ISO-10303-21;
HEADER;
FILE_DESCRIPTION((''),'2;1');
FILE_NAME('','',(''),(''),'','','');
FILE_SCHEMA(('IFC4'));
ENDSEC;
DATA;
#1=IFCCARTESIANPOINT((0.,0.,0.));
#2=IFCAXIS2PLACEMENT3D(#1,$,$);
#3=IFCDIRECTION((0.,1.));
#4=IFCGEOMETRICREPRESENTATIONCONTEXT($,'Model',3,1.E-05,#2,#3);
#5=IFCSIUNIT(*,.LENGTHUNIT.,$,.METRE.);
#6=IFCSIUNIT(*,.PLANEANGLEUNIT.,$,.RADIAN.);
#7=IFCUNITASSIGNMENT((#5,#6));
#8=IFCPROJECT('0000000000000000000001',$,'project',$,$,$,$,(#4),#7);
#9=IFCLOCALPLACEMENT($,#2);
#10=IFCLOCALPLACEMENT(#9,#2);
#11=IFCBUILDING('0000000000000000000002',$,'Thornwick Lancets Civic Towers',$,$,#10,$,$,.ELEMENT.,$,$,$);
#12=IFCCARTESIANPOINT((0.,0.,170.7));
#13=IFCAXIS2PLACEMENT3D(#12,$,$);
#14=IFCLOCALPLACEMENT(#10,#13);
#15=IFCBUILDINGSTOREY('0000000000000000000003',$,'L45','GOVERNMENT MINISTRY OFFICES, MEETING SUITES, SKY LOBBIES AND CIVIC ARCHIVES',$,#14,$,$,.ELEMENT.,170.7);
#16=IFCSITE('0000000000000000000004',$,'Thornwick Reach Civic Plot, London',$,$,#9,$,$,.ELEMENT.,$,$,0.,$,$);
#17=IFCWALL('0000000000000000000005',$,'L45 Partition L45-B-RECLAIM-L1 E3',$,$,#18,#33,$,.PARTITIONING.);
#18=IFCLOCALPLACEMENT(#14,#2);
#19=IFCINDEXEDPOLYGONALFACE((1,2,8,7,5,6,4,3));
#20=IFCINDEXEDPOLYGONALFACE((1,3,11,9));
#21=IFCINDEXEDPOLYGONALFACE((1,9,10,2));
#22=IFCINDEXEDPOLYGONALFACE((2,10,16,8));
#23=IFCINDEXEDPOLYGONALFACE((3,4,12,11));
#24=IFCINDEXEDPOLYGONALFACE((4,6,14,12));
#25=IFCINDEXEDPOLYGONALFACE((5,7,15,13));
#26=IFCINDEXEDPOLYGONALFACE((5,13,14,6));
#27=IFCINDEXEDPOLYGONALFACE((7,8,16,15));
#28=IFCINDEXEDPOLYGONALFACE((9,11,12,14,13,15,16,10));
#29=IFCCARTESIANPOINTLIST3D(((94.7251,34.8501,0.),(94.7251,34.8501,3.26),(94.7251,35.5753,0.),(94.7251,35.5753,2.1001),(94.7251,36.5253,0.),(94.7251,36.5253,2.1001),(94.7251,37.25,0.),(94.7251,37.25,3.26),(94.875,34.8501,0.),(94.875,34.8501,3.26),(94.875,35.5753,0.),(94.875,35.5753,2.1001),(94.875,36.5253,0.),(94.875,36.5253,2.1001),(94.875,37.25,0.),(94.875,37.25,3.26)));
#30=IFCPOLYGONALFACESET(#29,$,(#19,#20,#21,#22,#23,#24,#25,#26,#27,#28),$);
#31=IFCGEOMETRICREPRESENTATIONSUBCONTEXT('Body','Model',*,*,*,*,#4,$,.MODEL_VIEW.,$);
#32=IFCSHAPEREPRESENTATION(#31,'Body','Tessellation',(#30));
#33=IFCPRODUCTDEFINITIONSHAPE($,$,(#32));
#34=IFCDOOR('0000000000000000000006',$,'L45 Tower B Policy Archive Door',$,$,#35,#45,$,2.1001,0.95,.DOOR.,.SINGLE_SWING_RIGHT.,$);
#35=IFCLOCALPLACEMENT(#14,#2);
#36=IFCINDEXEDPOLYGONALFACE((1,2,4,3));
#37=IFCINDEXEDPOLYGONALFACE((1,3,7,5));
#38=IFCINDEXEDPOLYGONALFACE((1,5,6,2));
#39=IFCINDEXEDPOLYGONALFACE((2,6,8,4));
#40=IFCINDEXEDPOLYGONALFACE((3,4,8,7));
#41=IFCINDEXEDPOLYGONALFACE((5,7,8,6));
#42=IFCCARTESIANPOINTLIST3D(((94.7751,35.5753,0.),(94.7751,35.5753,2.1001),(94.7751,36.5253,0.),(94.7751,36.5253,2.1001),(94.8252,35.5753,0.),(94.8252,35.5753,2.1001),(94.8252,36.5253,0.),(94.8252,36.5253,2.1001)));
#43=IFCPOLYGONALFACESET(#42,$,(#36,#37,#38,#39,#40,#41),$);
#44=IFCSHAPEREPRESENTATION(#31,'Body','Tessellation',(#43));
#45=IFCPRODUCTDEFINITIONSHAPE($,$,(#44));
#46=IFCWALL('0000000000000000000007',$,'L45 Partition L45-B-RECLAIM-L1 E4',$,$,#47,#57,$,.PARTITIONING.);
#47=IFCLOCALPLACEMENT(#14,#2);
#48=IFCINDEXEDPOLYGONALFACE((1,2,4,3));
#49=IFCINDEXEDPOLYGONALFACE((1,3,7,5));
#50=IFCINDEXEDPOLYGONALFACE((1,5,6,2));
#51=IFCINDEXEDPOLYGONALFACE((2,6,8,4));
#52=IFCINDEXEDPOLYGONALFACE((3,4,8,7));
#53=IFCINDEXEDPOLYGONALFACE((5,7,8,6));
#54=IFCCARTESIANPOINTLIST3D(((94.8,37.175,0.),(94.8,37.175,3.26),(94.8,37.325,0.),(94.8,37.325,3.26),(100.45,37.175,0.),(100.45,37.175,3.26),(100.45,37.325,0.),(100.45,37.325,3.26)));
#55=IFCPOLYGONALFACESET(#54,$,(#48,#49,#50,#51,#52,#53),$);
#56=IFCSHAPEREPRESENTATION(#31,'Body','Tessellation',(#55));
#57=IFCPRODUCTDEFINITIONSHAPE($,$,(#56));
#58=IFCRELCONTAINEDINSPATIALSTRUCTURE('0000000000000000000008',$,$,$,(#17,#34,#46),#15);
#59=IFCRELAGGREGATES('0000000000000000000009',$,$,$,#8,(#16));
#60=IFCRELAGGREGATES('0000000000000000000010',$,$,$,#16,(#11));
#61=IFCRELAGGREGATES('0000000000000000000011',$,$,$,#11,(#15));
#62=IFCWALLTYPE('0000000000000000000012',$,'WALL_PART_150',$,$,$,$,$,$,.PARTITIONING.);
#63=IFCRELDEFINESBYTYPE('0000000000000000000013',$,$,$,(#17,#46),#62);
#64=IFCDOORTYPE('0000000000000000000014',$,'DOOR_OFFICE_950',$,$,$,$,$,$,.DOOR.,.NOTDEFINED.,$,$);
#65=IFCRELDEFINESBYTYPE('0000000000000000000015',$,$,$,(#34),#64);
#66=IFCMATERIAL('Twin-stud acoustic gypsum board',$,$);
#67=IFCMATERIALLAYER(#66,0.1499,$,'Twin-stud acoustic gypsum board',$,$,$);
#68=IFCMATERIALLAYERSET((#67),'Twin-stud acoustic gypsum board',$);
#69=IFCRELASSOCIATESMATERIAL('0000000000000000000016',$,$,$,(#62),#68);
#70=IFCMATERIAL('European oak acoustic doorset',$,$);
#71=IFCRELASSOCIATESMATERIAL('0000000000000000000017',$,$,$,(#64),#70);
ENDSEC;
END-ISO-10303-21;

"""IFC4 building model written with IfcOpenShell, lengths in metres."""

from ifc_helpers import new_model, si_unit, direction, frame, frame_2d, origin, place, context, subcontext, project, spatial, rectangle, extrude, material, layer, layer_set, type_object, element, fill, save


model = new_model("IFC4")

# Units and contexts
model_context = context("Model", 3, precision=1e-05, world=origin(), true_north=direction((0.0, 1.0)))
body_context = subcontext(model_context, "Body", "Model", "MODEL_VIEW")
ifc_project = project(units=[si_unit("LENGTHUNIT", "METRE"), si_unit("PLANEANGLEUNIT", "RADIAN")], contexts=[model_context])

# Site, building, storey
site_placement = place(None, origin())
site = spatial("IfcSite", under=ifc_project, at=site_placement, Name="Thornwick Reach Civic Plot, London", CompositionType="ELEMENT", RefElevation=0.0)
building_placement = place(site_placement, origin())
building = spatial("IfcBuilding", under=site, at=building_placement, Name="Thornwick Lancets Civic Towers", CompositionType="ELEMENT")
storey_placement = place(building_placement, frame((0.0, 0.0, 170.7)))
storey = spatial("IfcBuildingStorey", under=building, at=storey_placement, Name="L45", Description="GOVERNMENT MINISTRY OFFICES, MEETING SUITES, SKY LOBBIES AND CIVIC ARCHIVES", CompositionType="ELEMENT", Elevation=170.7)

# Shared definitions
ifc_material_1 = material(Name="Twin-stud acoustic gypsum board")
ifc_layer_1 = layer(ifc_material_1, 0.1499, Name="Twin-stud acoustic gypsum board")
ifc_layer_set_1 = layer_set([ifc_layer_1], Name="Twin-stud acoustic gypsum board")
wall_type_1 = type_object("IfcWallType", Name="WALL_PART_150", PredefinedType="PARTITIONING", material=ifc_layer_set_1)

# Wall, opening, door
wall_1_placement = place(storey_placement, frame((94.8, 34.8501, 0.0), z_axis=(0.0, 0.0, 1.0), x_axis=(0.0, 1.0, 0.0)))
wall_1 = element("IfcWall", 1, at=wall_1_placement, inside=storey, type_object=wall_type_1, Name="L45 Partition L45-B-RECLAIM-L1 E3", PredefinedType="PARTITIONING", context=body_context, shape_type="SweptSolid", body=[
    extrude(rectangle(XDim=2.3999, YDim=0.1499, at=frame_2d((1.2, 0.0))), origin(), (0.0, 0.0, 1.0), 3.26),
])
opening_1_placement = place(wall_1_placement, frame((0.7251, 0.0, 0.0)))
opening_1 = element("IfcOpeningElement", 2, at=opening_1_placement, cuts=wall_1, PredefinedType="OPENING", context=body_context, shape_type="SweptSolid", body=[
    extrude(rectangle(XDim=0.95, YDim=2.1001, at=frame_2d((0.4751, 1.05))), frame((0.0, 0.085, 0.0), z_axis=(0.0, -1.0, 0.0), x_axis=(1.0, 0.0, 0.0)), (0.0, 0.0, 1.0), 0.1699),
])
ifc_material_2 = material(Name="European oak acoustic doorset")
door_type_1 = type_object("IfcDoorType", Name="DOOR_OFFICE_950", OperationType="NOTDEFINED", PredefinedType="DOOR", material=ifc_material_2)
door_1_placement = place(opening_1_placement, origin())
door_1 = element("IfcDoor", 3, at=door_1_placement, inside=storey, type_object=door_type_1, Name="L45 Tower B Policy Archive Door", OperationType="SINGLE_SWING_RIGHT", OverallHeight=2.1001, OverallWidth=0.95, PredefinedType="DOOR", context=body_context, shape_type="SweptSolid", body=[
    extrude(rectangle(XDim=0.95, YDim=2.1001, at=frame_2d((0.4751, 1.05))), frame((0.0, 0.0249, 0.0), z_axis=(0.0, -1.0, 0.0), x_axis=(1.0, 0.0, 0.0)), (0.0, 0.0, 1.0), 0.05),
])
fill(opening_1, door_1)

# Wall
wall_2_placement = place(storey_placement, frame((94.8, 37.25, 0.0), z_axis=(0.0, 0.0, 1.0), x_axis=(1.0, 0.0, 0.0)))
element("IfcWall", 4, at=wall_2_placement, inside=storey, type_object=wall_type_1, Name="L45 Partition L45-B-RECLAIM-L1 E4", PredefinedType="PARTITIONING", context=body_context, shape_type="SweptSolid", body=[
    extrude(rectangle(XDim=5.6499, YDim=0.1499, at=frame_2d((2.825, 0.0))), origin(), (0.0, 0.0, 1.0), 3.26),
])

save(model, "model.ifc")
